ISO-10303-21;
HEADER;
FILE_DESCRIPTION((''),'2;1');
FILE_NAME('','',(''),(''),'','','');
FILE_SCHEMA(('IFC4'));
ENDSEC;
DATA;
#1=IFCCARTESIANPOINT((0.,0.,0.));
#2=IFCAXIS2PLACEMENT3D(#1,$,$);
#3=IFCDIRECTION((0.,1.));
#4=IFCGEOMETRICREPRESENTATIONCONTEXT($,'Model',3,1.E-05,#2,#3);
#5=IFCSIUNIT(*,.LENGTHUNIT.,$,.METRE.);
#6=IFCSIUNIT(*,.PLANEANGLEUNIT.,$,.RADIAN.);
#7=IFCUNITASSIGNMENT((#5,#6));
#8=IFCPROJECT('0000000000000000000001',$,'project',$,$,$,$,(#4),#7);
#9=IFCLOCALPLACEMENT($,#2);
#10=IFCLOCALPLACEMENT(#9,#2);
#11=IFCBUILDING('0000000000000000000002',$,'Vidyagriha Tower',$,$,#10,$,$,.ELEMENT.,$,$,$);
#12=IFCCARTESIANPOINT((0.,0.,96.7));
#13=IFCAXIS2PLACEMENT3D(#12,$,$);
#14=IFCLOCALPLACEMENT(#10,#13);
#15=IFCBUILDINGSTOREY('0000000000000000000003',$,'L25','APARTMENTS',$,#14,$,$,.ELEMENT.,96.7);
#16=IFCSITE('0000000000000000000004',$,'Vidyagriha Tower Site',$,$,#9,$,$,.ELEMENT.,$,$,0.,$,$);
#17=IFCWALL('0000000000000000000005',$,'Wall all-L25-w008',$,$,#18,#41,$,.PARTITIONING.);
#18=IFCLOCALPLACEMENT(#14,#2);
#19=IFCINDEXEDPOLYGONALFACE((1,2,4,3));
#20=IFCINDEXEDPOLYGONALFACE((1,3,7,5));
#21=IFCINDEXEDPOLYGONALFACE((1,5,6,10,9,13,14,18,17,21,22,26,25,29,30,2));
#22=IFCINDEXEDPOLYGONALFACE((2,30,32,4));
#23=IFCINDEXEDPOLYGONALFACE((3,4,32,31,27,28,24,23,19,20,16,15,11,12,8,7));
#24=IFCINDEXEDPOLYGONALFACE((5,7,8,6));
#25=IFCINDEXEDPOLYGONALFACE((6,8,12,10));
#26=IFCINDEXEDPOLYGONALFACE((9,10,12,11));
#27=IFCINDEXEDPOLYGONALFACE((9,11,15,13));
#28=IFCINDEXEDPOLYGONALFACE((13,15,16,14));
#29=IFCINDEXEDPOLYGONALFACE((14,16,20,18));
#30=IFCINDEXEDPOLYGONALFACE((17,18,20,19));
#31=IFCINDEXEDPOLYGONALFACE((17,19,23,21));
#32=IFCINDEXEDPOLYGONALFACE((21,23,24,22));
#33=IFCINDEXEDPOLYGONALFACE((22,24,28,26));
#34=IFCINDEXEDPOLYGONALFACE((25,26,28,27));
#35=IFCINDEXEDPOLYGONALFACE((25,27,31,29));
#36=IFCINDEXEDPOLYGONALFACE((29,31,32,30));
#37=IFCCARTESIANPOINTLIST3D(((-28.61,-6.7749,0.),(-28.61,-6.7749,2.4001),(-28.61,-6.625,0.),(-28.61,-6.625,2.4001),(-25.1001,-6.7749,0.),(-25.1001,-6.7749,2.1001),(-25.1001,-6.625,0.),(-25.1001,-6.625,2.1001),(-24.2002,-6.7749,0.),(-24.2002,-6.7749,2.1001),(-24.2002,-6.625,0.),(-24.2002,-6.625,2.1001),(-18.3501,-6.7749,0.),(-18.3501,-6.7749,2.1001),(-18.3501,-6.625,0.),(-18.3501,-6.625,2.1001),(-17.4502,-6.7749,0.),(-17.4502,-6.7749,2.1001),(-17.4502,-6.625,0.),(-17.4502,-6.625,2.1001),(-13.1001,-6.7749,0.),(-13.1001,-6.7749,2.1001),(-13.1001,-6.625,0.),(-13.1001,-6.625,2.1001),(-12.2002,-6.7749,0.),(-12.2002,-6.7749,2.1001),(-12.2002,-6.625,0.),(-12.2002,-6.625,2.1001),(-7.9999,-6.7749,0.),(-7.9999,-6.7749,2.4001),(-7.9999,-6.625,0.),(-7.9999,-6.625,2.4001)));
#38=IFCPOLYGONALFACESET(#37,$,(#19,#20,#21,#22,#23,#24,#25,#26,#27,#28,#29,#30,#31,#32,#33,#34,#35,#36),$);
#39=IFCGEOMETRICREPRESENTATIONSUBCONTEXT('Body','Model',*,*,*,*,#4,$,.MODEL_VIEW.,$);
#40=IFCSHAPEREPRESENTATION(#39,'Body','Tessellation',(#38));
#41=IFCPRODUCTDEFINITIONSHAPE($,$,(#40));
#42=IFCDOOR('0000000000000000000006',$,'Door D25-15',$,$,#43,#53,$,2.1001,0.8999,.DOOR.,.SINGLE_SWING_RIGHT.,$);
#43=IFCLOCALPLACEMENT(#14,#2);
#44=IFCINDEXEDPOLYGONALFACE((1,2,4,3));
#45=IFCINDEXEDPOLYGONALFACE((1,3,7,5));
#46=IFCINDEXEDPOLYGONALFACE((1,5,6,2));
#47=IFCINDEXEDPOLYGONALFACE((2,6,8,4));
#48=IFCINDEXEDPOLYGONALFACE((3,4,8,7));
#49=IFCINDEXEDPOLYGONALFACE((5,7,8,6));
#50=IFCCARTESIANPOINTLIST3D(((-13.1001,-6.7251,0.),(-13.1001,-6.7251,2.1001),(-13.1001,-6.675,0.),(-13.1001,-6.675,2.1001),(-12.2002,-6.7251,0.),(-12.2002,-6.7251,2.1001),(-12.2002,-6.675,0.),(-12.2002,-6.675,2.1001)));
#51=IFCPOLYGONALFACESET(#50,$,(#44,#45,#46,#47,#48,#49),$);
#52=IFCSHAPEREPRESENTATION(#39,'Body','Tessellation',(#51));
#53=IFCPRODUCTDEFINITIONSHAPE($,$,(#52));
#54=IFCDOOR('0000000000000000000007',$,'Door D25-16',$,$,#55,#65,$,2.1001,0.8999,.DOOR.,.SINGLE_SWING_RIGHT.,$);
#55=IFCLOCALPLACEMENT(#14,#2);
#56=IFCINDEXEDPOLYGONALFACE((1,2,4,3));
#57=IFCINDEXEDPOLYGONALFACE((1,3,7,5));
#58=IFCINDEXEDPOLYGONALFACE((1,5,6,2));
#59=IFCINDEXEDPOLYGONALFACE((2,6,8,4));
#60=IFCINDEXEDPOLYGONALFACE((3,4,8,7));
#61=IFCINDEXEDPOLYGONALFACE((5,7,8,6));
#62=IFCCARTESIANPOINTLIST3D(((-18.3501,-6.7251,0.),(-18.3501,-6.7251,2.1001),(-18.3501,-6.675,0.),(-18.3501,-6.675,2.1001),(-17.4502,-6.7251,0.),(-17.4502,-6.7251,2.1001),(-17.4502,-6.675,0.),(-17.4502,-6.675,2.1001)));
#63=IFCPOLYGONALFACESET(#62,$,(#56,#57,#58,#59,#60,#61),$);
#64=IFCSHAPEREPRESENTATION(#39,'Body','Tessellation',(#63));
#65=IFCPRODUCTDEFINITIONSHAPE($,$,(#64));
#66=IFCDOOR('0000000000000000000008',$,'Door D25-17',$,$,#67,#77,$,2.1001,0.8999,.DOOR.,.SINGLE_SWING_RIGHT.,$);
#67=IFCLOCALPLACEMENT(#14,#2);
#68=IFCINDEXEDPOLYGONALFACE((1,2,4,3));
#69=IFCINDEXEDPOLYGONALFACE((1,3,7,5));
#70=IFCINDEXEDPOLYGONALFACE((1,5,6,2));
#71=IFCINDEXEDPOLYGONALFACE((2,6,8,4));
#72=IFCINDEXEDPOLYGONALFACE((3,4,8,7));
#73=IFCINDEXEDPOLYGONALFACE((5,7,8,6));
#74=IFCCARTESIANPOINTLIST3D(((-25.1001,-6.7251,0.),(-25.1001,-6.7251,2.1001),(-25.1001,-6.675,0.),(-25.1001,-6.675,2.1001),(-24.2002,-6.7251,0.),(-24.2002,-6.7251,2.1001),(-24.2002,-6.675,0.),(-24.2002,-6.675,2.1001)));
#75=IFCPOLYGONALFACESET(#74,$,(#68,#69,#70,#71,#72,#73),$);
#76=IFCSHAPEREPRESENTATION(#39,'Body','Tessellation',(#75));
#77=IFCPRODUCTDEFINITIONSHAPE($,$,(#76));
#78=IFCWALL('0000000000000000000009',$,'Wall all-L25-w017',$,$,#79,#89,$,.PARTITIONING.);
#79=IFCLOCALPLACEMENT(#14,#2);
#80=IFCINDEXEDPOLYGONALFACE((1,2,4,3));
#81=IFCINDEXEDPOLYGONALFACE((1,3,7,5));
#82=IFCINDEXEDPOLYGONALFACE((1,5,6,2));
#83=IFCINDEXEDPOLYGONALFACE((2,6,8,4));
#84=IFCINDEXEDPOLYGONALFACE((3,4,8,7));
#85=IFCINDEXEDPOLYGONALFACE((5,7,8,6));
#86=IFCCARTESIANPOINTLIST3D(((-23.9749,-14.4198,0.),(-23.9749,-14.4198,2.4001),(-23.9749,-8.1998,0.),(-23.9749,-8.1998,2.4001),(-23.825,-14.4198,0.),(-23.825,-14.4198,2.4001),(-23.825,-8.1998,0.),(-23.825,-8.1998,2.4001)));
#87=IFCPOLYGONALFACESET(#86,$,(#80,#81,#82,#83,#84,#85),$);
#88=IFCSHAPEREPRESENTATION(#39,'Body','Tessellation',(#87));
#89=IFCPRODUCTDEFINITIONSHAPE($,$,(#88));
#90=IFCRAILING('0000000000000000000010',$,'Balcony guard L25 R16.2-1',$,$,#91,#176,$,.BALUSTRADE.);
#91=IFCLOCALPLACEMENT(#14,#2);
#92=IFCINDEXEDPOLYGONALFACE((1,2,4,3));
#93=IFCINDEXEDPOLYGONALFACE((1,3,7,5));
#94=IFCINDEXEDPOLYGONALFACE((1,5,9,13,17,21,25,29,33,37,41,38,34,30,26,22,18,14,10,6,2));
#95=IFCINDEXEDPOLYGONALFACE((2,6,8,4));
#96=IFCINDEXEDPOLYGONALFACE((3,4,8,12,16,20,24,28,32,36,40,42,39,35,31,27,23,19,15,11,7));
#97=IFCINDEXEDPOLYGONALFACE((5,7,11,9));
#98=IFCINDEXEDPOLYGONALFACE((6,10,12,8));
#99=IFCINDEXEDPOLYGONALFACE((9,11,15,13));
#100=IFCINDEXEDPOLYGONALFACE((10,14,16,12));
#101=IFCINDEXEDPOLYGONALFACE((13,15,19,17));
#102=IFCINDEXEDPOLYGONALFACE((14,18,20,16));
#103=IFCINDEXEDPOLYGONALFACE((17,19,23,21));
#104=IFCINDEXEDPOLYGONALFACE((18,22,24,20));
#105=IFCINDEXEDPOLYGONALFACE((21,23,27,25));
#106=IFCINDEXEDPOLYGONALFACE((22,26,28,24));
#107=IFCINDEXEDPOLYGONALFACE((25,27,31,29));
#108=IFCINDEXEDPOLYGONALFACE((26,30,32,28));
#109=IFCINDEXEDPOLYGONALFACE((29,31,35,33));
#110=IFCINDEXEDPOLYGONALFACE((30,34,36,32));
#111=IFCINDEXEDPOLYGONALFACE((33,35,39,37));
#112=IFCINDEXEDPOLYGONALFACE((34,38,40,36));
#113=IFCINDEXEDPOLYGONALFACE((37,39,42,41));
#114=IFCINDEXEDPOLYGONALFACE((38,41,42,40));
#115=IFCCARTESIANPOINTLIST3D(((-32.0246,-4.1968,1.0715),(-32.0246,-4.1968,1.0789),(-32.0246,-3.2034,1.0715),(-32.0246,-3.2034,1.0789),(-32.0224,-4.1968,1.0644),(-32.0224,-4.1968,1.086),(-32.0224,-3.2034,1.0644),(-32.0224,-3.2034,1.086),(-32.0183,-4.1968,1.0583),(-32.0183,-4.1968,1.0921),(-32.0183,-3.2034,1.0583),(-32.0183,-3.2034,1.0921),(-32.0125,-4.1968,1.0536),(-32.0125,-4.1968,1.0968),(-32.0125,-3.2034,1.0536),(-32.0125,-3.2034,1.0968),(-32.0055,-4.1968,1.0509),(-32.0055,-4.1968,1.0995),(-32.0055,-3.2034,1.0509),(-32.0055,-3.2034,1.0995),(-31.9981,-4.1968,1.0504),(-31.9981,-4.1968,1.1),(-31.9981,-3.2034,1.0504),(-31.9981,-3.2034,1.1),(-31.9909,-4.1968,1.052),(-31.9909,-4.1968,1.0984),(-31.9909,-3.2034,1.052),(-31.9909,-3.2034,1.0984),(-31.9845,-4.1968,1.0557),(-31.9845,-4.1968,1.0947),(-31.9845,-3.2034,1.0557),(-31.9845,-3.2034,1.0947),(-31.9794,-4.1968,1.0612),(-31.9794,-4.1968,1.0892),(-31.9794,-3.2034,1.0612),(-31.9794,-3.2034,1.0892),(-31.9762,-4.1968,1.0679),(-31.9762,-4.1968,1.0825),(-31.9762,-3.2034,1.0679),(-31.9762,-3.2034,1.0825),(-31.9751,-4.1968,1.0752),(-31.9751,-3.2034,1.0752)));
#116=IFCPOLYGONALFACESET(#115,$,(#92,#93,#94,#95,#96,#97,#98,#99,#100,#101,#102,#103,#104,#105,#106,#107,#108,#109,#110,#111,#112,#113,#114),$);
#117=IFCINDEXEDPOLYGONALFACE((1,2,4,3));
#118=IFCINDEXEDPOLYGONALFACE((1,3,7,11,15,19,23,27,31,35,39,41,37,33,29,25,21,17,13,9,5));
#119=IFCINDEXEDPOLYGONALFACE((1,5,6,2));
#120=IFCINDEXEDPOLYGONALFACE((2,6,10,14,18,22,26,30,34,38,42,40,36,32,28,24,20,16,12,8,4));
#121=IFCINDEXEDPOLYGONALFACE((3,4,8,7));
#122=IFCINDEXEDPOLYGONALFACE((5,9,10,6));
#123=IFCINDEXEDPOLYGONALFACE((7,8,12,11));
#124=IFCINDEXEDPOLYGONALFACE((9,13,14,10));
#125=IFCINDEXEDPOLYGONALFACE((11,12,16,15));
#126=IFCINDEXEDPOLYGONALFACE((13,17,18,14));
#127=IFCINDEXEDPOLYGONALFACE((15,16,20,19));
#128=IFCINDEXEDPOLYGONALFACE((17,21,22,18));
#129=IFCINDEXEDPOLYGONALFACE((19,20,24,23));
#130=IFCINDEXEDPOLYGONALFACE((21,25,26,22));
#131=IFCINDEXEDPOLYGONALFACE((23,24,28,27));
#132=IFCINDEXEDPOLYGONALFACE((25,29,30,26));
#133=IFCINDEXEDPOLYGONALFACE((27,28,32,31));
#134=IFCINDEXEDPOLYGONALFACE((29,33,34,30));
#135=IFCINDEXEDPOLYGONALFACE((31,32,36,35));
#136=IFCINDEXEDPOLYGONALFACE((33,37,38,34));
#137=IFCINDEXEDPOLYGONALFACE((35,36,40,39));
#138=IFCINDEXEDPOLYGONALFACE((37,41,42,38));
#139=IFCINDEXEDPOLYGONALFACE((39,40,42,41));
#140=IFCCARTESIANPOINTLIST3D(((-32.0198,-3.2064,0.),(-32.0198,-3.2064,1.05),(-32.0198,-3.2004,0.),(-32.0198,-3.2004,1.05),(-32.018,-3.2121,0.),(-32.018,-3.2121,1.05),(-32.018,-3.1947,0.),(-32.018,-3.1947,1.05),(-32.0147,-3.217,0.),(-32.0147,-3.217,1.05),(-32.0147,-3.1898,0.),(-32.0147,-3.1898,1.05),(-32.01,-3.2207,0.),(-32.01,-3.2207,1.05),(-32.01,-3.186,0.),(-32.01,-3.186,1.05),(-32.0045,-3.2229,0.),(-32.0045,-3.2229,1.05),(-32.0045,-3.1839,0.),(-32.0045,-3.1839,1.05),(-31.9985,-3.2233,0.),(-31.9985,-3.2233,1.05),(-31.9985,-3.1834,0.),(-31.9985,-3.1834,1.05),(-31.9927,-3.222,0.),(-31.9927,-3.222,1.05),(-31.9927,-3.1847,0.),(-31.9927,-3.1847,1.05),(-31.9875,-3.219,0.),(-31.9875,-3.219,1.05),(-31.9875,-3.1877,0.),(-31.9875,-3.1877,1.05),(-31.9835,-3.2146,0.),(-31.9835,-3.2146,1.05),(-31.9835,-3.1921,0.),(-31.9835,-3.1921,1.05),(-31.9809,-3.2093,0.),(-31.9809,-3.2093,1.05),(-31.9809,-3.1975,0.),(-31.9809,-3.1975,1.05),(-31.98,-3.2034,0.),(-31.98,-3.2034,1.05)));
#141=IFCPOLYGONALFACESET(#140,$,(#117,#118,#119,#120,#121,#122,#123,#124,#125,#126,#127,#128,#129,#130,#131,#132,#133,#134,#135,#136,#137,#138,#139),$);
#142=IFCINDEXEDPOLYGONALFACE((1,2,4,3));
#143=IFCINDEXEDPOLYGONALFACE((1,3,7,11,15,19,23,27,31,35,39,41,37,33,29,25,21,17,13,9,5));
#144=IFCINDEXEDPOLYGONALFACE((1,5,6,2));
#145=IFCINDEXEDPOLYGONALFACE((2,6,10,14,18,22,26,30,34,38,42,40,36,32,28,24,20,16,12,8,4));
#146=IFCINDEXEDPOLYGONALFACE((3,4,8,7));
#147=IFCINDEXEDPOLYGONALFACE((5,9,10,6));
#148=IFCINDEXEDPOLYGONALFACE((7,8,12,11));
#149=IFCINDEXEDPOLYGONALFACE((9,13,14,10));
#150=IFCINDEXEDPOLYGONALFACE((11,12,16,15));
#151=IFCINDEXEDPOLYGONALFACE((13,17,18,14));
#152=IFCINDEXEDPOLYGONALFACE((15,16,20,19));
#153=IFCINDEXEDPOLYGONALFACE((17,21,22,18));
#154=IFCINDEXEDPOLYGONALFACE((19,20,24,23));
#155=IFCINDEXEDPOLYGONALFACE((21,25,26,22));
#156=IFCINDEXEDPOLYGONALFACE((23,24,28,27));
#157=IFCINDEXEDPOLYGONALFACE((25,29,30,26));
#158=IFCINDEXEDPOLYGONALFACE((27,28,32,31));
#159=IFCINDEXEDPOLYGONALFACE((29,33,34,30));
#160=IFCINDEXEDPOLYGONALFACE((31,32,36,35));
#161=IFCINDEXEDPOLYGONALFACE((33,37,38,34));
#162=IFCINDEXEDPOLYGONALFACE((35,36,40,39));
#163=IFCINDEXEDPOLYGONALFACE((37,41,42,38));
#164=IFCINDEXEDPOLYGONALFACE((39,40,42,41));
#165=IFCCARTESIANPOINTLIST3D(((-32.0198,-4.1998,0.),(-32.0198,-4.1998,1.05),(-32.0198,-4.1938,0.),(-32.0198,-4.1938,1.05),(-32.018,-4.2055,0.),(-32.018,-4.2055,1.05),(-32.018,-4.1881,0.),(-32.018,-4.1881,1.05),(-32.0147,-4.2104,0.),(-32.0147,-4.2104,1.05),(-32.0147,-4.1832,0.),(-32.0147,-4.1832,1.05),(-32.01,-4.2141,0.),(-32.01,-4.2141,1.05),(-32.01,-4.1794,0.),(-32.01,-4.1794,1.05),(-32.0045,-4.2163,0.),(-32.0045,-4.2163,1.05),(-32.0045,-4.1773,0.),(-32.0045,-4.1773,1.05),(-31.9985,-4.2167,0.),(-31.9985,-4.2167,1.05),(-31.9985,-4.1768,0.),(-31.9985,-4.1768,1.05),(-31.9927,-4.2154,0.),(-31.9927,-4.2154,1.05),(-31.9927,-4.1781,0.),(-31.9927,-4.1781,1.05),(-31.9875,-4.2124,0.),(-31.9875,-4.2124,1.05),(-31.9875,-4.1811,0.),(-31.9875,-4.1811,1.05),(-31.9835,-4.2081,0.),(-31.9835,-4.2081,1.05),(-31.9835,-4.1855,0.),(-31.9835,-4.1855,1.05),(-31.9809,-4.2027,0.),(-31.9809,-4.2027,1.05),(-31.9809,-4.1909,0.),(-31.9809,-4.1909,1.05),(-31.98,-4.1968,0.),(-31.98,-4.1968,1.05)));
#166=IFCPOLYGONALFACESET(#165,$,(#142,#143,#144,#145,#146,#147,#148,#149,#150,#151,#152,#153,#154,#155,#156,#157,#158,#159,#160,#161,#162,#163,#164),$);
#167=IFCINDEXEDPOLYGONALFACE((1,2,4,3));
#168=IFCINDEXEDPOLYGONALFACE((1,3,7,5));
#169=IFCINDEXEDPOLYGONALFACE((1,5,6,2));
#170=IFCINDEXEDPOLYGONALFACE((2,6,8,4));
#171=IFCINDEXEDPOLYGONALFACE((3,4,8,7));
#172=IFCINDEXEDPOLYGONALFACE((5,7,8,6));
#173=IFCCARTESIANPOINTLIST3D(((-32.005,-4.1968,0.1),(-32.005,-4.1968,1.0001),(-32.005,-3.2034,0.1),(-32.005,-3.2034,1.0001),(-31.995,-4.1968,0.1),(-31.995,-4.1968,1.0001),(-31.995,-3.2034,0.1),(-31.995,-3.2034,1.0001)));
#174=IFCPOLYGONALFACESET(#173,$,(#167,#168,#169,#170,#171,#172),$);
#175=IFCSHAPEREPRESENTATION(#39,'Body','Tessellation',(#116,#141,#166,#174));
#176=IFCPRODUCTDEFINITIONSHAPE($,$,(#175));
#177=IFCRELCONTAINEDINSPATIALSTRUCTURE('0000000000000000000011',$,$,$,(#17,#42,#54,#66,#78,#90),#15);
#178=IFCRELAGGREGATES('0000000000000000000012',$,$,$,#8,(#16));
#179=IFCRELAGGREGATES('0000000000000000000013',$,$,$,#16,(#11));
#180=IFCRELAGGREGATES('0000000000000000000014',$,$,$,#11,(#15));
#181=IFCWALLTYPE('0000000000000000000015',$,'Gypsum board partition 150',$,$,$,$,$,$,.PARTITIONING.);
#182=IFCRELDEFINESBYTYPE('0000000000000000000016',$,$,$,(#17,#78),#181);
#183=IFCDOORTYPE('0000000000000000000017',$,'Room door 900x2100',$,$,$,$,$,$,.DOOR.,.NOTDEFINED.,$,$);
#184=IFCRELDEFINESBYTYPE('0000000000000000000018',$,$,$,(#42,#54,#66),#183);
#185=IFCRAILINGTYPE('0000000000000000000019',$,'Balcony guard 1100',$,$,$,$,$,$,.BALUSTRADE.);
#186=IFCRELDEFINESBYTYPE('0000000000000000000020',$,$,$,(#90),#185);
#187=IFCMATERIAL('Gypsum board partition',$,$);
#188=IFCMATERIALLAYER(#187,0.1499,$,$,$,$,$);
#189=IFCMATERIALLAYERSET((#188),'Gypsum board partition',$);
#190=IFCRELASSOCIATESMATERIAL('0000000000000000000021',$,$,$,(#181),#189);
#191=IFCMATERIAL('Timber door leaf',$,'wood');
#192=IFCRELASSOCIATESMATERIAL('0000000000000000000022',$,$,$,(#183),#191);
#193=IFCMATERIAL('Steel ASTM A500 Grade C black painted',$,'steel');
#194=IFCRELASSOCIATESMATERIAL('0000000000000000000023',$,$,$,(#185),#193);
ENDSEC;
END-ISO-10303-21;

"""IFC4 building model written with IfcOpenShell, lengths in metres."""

from ifc_helpers import new_model, si_unit, direction, frame, frame_2d, origin, origin_2d, place, context, subcontext, project, spatial, rectangle, circle, extrude, material, layer, layer_set, type_object, element, fill, save


model = new_model("IFC4")

# Units and contexts
model_context = context("Model", 3, precision=1e-05, world=origin(), true_north=direction((0.0, 1.0)))
body_context = subcontext(model_context, "Body", "Model", "MODEL_VIEW")
ifc_project = project(units=[si_unit("LENGTHUNIT", "METRE"), si_unit("PLANEANGLEUNIT", "RADIAN")], contexts=[model_context])

# Site, building, storey
site_placement = place(None, origin())
site = spatial("IfcSite", under=ifc_project, at=site_placement, Name="Vidyagriha Tower Site", CompositionType="ELEMENT", RefElevation=0.0)
building_placement = place(site_placement, origin())
building = spatial("IfcBuilding", under=site, at=building_placement, Name="Vidyagriha Tower", CompositionType="ELEMENT")
storey_placement = place(building_placement, frame((0.0, 0.0, 96.7)))
storey = spatial("IfcBuildingStorey", under=building, at=storey_placement, Name="L25", Description="APARTMENTS", CompositionType="ELEMENT", Elevation=96.7)

# Shared definitions
ifc_material_1 = material(Name="Gypsum board partition")
ifc_layer_1 = layer(ifc_material_1, 0.1499)
ifc_layer_set_1 = layer_set([ifc_layer_1], Name="Gypsum board partition")
wall_type_1 = type_object("IfcWallType", Name="Gypsum board partition 150", PredefinedType="PARTITIONING", material=ifc_layer_set_1)

# Wall, openings, doors
wall_1_placement = place(storey_placement, frame((-28.6101, -6.7, 0.0)))
wall_1 = element("IfcWall", 1, at=wall_1_placement, inside=storey, type_object=wall_type_1, Name="Wall all-L25-w008", PredefinedType="PARTITIONING", context=body_context, shape_type="SweptSolid", body=[
    extrude(rectangle(XDim=20.6101, YDim=0.1499, at=frame_2d((10.3052, 0.0))), origin(), (0.0, 0.0, 1.0), 2.4001),
])
opening_1_placement = place(wall_1_placement, frame((15.51, 0.0, 0.0)))
opening_1 = element("IfcOpeningElement", 2, at=opening_1_placement, cuts=wall_1, PredefinedType="OPENING", context=body_context, shape_type="SweptSolid", body=[
    extrude(rectangle(XDim=0.8999, YDim=2.1001, at=frame_2d((0.45, 1.05))), frame((0.0, 0.085, 0.0), z_axis=(0.0, -1.0, 0.0), x_axis=(1.0, 0.0, 0.0)), (0.0, 0.0, 1.0), 0.1699),
])
opening_2_placement = place(wall_1_placement, frame((10.26, 0.0, 0.0)))
opening_2 = element("IfcOpeningElement", 3, at=opening_2_placement, cuts=wall_1, PredefinedType="OPENING", context=body_context, shape_type="SweptSolid", body=[
    extrude(rectangle(XDim=0.8999, YDim=2.1001, at=frame_2d((0.45, 1.05))), frame((0.0, 0.085, 0.0), z_axis=(0.0, -1.0, 0.0), x_axis=(1.0, 0.0, 0.0)), (0.0, 0.0, 1.0), 0.1699),
])
opening_3_placement = place(wall_1_placement, frame((3.51, 0.0, 0.0)))
opening_3 = element("IfcOpeningElement", 4, at=opening_3_placement, cuts=wall_1, PredefinedType="OPENING", context=body_context, shape_type="SweptSolid", body=[
    extrude(rectangle(XDim=0.8999, YDim=2.1001, at=frame_2d((0.45, 1.05))), frame((0.0, 0.085, 0.0), z_axis=(0.0, -1.0, 0.0), x_axis=(1.0, 0.0, 0.0)), (0.0, 0.0, 1.0), 0.1699),
])
ifc_material_2 = material(Name="Timber door leaf", Category="wood")
door_type_1 = type_object("IfcDoorType", Name="Room door 900x2100", OperationType="NOTDEFINED", PredefinedType="DOOR", material=ifc_material_2)
door_1_placement = place(opening_1_placement, origin())
door_1 = element("IfcDoor", 5, at=door_1_placement, inside=storey, type_object=door_type_1, Name="Door D25-15", OperationType="SINGLE_SWING_RIGHT", OverallHeight=2.1001, OverallWidth=0.8999, PredefinedType="DOOR", context=body_context, shape_type="SweptSolid", body=[
    extrude(rectangle(XDim=0.8999, YDim=2.1001, at=frame_2d((0.45, 1.05))), frame((0.0, 0.0249, 0.0), z_axis=(0.0, -1.0, 0.0), x_axis=(1.0, 0.0, 0.0)), (0.0, 0.0, 1.0), 0.05),
])
fill(opening_1, door_1)
door_2_placement = place(opening_2_placement, origin())
door_2 = element("IfcDoor", 6, at=door_2_placement, inside=storey, type_object=door_type_1, Name="Door D25-16", OperationType="SINGLE_SWING_RIGHT", OverallHeight=2.1001, OverallWidth=0.8999, PredefinedType="DOOR", context=body_context, shape_type="SweptSolid", body=[
    extrude(rectangle(XDim=0.8999, YDim=2.1001, at=frame_2d((0.45, 1.05))), frame((0.0, 0.0249, 0.0), z_axis=(0.0, -1.0, 0.0), x_axis=(1.0, 0.0, 0.0)), (0.0, 0.0, 1.0), 0.05),
])
fill(opening_2, door_2)
door_3_placement = place(opening_3_placement, origin())
door_3 = element("IfcDoor", 7, at=door_3_placement, inside=storey, type_object=door_type_1, Name="Door D25-17", OperationType="SINGLE_SWING_RIGHT", OverallHeight=2.1001, OverallWidth=0.8999, PredefinedType="DOOR", context=body_context, shape_type="SweptSolid", body=[
    extrude(rectangle(XDim=0.8999, YDim=2.1001, at=frame_2d((0.45, 1.05))), frame((0.0, 0.0249, 0.0), z_axis=(0.0, -1.0, 0.0), x_axis=(1.0, 0.0, 0.0)), (0.0, 0.0, 1.0), 0.05),
])
fill(opening_3, door_3)

# Wall
wall_2_placement = place(storey_placement, frame((-23.8999, -8.2, 0.0), z_axis=(0.0, 0.0, 1.0), x_axis=(0.0, -1.0, 0.0)))
element("IfcWall", 8, at=wall_2_placement, inside=storey, type_object=wall_type_1, Name="Wall all-L25-w017", PredefinedType="PARTITIONING", context=body_context, shape_type="SweptSolid", body=[
    extrude(rectangle(XDim=6.22, YDim=0.1499, at=frame_2d((3.1099, 0.0))), origin(), (0.0, 0.0, 1.0), 2.4001),
])

# Railing
ifc_material_3 = material(Name="Steel ASTM A500 Grade C black painted", Category="steel")
railing_type_1 = type_object("IfcRailingType", Name="Balcony guard 1100", PredefinedType="BALUSTRADE", material=ifc_material_3)
railing_1_placement = place(storey_placement, frame((-32.0, -3.2034, 0.0)))
element("IfcRailing", 9, at=railing_1_placement, inside=storey, type_object=railing_type_1, Name="Balcony guard L25 R16.2-1", PredefinedType="BALUSTRADE", context=body_context, shape_type="SweptSolid", body=[
    extrude(circle(Radius=0.0249, at=origin_2d()), frame((0.0, 0.0, 1.0752), z_axis=(0.0, -1.0, 0.0), x_axis=(1.0, 0.0, 0.0)), (0.0, 0.0, 1.0), 0.9934),
    extrude(circle(Radius=0.02, at=origin_2d()), origin(), (0.0, 0.0, 1.0), 1.05),
    extrude(circle(Radius=0.02, at=origin_2d()), frame((0.0, -0.9934, 0.0)), (0.0, 0.0, 1.0), 1.05),
    extrude(rectangle(XDim=0.01, YDim=0.9001, at=origin_2d()), frame((0.0, 0.0, 0.55), z_axis=(0.0, -1.0, 0.0), x_axis=(1.0, 0.0, 0.0)), (0.0, 0.0, 1.0), 0.9934),
])

save(model, "model.ifc")
